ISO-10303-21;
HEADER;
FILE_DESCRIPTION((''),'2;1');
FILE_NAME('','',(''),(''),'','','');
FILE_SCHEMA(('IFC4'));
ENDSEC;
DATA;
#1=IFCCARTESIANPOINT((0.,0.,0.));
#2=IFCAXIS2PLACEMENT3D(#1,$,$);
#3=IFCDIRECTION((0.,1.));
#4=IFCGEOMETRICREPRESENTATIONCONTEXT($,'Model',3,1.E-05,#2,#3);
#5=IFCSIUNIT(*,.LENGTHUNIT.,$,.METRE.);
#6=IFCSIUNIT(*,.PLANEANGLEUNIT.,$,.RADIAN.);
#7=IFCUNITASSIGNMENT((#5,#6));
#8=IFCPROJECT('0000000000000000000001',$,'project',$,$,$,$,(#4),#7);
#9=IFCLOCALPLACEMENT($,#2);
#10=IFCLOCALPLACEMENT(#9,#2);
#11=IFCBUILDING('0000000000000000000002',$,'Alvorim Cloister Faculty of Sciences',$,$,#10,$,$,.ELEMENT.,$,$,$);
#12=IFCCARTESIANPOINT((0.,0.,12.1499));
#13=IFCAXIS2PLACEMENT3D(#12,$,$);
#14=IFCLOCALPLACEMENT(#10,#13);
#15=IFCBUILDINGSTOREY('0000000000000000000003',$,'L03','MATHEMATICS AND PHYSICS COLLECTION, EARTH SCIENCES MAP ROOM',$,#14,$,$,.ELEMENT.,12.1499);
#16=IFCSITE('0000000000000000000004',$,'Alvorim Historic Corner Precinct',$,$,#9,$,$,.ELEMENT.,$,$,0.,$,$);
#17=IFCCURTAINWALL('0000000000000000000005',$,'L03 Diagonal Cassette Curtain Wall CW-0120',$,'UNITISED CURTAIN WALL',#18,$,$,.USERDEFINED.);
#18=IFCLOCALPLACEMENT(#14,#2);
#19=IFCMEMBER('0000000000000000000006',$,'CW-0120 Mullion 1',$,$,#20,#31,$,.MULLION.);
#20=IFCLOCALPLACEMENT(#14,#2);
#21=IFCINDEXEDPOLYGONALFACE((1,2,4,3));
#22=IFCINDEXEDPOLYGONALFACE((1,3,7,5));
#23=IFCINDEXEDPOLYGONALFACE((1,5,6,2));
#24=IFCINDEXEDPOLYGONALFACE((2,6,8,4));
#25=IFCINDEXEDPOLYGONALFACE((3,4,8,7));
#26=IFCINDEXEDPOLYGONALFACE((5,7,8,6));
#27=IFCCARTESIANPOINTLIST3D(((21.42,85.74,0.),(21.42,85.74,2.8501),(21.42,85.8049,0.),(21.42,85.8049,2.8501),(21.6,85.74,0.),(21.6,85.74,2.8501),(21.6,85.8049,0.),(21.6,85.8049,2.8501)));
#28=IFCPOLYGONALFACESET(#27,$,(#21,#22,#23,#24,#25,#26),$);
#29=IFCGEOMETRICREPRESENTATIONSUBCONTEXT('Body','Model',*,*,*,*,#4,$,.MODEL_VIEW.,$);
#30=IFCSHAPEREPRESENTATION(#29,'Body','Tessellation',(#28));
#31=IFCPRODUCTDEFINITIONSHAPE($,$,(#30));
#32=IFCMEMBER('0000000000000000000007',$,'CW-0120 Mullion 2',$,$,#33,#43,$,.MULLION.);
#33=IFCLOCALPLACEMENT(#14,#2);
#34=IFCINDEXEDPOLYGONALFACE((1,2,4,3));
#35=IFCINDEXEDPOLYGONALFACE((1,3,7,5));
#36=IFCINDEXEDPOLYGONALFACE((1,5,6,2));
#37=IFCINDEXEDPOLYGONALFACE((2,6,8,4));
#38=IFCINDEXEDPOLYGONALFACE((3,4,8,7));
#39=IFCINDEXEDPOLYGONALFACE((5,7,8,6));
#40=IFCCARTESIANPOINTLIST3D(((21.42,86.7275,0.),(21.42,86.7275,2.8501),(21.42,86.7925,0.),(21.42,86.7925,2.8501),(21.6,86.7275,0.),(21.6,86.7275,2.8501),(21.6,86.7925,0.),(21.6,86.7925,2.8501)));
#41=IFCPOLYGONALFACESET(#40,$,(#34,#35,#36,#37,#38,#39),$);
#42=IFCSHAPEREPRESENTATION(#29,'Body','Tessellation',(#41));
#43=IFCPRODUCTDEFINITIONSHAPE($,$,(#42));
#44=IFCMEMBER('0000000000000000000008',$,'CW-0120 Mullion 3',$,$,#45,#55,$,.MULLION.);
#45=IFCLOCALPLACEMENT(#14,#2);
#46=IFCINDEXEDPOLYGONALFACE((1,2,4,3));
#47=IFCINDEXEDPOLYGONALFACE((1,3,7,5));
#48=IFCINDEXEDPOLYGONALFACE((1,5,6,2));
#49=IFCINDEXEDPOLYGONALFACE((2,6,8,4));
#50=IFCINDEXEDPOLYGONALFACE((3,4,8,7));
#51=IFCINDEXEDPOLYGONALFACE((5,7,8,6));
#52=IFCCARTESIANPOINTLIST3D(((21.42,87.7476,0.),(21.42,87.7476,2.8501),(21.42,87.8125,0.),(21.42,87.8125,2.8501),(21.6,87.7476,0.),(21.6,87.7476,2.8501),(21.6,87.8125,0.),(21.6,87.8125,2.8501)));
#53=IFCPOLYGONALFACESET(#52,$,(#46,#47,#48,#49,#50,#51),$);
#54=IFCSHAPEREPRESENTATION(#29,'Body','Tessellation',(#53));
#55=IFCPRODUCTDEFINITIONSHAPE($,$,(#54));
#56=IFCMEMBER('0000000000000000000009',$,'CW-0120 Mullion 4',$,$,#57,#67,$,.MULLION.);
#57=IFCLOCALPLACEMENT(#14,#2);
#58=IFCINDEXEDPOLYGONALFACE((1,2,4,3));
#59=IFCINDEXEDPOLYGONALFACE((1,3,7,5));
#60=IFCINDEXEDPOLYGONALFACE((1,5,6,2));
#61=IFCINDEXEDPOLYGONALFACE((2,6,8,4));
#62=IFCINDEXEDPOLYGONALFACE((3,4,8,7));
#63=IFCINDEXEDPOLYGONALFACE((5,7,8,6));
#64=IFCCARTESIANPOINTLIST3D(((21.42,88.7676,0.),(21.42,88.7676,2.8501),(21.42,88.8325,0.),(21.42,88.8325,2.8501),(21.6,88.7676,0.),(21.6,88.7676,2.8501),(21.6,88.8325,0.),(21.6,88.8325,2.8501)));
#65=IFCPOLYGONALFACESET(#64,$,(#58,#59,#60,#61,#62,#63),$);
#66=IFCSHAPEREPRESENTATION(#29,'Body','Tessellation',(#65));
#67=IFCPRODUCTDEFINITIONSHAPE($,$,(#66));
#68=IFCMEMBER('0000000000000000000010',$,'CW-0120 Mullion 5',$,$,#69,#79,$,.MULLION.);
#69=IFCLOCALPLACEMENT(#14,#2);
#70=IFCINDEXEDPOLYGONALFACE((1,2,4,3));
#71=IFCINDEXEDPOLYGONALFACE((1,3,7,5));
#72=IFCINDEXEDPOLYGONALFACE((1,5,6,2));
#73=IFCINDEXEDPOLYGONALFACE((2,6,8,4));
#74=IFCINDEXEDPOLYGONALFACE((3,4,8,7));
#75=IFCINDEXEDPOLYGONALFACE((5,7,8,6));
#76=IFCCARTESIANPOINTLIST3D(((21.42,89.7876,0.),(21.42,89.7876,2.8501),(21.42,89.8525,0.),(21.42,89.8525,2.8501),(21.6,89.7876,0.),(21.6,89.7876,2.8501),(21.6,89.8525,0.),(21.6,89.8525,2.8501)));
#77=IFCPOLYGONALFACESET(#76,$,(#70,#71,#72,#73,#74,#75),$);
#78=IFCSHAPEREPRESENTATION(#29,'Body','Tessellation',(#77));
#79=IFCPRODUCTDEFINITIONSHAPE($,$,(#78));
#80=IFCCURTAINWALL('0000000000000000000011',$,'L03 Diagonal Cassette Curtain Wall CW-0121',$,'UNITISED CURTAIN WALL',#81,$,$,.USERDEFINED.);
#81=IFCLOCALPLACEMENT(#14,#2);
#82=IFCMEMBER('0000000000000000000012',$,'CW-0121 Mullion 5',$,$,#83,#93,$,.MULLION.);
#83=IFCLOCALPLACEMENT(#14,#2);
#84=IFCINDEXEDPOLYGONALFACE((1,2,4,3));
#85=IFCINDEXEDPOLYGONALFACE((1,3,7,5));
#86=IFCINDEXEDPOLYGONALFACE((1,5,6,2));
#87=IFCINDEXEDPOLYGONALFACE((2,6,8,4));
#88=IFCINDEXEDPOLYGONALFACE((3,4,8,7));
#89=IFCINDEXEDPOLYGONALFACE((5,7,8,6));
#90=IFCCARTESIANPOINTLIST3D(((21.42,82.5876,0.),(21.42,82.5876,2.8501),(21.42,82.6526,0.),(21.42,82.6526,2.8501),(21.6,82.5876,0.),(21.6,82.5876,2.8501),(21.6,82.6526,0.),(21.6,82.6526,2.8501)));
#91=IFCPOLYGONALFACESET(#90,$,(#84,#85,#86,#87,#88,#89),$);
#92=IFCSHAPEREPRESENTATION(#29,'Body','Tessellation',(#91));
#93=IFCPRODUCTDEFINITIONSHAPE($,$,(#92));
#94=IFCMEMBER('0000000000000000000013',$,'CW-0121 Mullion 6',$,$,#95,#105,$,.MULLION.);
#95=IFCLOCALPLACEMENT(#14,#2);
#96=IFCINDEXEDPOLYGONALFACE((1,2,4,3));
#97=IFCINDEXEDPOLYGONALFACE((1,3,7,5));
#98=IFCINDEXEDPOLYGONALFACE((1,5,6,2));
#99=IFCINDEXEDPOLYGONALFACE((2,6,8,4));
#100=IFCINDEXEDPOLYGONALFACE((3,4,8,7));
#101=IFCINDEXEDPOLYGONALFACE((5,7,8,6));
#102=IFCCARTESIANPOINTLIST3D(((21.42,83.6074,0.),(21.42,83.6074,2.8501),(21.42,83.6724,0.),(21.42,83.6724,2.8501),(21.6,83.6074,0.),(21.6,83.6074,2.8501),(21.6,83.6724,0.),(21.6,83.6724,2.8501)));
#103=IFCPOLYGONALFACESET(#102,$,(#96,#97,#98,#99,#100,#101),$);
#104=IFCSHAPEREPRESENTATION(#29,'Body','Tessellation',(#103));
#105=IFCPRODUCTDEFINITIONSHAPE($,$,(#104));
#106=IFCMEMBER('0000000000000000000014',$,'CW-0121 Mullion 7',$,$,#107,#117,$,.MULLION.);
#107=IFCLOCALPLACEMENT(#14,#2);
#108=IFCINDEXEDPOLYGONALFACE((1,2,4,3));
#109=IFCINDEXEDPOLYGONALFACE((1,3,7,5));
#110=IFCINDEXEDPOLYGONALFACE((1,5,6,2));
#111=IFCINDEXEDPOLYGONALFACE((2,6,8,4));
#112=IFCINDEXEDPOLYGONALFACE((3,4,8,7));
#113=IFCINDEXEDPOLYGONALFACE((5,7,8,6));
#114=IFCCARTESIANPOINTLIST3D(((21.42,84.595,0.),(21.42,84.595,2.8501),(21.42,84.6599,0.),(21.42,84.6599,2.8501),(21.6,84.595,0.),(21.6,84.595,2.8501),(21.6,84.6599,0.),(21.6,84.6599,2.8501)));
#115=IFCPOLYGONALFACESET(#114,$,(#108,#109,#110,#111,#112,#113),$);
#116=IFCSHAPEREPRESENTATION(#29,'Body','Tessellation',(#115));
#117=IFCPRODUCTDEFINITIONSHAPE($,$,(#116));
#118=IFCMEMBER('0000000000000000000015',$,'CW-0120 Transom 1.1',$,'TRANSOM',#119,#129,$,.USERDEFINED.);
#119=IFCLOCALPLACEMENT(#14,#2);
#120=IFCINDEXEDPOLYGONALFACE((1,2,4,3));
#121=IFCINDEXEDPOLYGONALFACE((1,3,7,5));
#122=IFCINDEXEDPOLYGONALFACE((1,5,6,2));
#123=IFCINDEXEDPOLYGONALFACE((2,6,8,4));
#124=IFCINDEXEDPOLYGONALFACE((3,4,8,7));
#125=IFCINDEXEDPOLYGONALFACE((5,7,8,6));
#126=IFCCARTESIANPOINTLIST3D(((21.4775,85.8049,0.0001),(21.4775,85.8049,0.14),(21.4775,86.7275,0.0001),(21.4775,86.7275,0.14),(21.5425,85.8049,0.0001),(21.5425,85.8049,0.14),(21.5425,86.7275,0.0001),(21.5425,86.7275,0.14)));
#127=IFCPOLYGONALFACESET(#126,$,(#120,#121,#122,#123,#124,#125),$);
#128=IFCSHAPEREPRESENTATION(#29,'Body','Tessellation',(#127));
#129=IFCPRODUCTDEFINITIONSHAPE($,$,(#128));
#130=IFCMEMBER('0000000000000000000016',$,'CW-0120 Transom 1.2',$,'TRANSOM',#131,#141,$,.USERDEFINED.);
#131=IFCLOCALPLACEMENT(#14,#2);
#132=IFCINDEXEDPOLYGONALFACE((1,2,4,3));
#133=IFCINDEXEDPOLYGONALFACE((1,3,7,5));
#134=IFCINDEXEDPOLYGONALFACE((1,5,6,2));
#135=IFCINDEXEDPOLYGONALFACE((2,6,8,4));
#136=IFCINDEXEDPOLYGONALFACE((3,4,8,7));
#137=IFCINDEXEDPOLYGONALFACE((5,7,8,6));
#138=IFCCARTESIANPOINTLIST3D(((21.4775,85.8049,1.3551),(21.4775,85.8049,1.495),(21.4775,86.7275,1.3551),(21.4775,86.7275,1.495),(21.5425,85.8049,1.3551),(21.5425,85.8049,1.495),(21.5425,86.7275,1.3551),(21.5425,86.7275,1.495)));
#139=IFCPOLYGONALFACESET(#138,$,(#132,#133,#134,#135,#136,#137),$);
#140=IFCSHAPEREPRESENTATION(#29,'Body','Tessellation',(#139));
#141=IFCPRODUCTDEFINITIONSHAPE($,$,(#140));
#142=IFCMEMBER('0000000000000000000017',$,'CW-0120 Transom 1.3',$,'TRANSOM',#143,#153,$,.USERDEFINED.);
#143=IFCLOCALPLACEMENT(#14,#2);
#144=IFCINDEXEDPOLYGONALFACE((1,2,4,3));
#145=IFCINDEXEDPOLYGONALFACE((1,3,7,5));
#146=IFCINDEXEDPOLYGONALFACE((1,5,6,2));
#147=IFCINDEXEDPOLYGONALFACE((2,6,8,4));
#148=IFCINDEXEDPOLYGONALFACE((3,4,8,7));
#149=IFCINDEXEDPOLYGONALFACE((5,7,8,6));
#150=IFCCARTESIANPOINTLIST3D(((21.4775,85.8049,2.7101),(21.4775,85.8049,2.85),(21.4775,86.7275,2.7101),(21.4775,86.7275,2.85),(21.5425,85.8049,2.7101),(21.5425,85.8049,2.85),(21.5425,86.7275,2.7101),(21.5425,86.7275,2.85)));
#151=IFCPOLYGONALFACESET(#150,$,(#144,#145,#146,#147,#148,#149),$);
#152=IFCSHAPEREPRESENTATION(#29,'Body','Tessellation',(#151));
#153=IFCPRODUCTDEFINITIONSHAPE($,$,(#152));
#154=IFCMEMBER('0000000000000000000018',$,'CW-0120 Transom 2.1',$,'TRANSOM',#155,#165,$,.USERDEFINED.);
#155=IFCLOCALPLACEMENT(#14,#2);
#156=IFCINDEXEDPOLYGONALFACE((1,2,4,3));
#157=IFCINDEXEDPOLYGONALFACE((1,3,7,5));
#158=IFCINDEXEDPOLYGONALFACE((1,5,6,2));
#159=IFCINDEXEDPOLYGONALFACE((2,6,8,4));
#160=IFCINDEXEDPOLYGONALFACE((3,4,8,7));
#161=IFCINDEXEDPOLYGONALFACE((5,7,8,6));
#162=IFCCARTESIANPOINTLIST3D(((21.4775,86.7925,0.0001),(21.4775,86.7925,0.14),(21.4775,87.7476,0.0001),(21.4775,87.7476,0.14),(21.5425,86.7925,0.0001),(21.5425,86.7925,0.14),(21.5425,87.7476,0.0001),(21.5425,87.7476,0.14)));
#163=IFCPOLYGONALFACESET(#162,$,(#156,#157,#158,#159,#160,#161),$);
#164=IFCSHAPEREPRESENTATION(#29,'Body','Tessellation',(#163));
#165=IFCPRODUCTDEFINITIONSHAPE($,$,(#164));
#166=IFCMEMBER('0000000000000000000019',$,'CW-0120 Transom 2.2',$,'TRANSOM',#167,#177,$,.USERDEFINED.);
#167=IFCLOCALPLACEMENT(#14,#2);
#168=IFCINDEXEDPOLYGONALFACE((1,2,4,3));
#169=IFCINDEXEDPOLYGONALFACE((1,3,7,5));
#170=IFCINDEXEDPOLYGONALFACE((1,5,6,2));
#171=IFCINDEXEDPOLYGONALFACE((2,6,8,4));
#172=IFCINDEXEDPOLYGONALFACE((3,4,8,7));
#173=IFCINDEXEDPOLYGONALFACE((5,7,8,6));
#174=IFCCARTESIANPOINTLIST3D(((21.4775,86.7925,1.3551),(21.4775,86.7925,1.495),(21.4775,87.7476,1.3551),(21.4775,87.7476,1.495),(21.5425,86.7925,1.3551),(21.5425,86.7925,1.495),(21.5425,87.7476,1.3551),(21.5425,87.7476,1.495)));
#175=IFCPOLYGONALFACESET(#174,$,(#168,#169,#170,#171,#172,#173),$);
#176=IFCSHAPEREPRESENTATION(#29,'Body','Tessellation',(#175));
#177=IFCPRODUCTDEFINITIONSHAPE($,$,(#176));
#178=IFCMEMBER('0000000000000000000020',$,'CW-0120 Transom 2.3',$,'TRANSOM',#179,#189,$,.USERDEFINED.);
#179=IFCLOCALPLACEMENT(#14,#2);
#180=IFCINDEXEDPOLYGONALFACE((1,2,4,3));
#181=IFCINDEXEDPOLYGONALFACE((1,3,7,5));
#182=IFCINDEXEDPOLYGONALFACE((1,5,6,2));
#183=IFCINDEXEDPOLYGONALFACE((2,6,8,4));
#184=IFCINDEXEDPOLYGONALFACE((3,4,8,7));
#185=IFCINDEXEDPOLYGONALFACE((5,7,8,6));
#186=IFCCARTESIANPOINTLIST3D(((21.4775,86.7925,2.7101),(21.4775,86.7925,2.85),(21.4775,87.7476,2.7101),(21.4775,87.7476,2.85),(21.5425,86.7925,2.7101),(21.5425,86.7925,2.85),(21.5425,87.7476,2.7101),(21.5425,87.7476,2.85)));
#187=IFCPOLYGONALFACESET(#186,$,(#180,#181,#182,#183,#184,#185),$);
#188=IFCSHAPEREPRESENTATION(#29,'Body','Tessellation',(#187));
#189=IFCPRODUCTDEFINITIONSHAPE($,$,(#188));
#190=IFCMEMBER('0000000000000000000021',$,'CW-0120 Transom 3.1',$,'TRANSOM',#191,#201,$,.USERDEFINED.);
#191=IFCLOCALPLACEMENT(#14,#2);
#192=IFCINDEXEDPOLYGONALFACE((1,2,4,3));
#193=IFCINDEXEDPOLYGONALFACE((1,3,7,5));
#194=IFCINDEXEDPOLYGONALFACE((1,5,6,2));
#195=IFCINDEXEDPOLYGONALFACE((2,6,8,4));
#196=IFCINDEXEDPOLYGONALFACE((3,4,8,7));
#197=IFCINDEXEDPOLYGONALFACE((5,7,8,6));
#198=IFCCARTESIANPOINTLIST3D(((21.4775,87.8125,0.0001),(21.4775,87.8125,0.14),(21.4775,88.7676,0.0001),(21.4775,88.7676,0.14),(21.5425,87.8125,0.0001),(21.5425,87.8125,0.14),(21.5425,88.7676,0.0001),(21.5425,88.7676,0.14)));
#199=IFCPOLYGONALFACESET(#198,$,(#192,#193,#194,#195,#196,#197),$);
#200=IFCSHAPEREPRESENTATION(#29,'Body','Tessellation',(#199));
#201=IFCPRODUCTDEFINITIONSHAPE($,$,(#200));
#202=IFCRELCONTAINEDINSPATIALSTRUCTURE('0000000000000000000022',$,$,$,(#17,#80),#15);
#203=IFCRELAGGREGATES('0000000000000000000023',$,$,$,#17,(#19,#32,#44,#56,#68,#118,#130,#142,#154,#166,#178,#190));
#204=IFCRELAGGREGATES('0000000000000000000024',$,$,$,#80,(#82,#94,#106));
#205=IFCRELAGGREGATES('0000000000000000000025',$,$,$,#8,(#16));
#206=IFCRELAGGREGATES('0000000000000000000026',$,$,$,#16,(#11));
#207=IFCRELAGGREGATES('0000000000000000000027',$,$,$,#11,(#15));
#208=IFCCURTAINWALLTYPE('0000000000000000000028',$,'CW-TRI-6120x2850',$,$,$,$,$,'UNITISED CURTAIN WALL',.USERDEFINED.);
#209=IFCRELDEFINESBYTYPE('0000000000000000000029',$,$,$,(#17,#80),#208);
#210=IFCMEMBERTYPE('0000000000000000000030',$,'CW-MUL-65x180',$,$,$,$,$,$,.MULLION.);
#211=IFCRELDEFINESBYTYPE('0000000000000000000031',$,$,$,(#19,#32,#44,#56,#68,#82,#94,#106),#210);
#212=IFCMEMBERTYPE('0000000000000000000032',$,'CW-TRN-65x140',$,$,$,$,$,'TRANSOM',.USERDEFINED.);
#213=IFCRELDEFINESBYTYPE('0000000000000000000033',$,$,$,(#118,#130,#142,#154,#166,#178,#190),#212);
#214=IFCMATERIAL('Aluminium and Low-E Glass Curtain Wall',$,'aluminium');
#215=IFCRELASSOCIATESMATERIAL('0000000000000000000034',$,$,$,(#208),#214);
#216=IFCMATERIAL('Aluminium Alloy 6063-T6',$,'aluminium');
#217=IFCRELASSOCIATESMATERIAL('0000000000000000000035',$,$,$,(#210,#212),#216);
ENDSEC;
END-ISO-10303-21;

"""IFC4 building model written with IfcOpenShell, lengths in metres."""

from ifc_helpers import new_model, si_unit, direction, frame, origin, origin_2d, place, context, subcontext, project, spatial, rectangle, extrude, material, material_profile, profile_set, type_object, element, aggregate, save


model = new_model("IFC4")

# Units and contexts
model_context = context("Model", 3, precision=1e-05, world=origin(), true_north=direction((0.0, 1.0)))
body_context = subcontext(model_context, "Body", "Model", "MODEL_VIEW")
ifc_project = project(units=[si_unit("LENGTHUNIT", "METRE"), si_unit("PLANEANGLEUNIT", "RADIAN")], contexts=[model_context])

# Site, building, storey
site_placement = place(None, origin())
site = spatial("IfcSite", under=ifc_project, at=site_placement, Name="Alvorim Historic Corner Precinct", CompositionType="ELEMENT", RefElevation=0.0)
building_placement = place(site_placement, origin())
building = spatial("IfcBuilding", under=site, at=building_placement, Name="Alvorim Cloister Faculty of Sciences", CompositionType="ELEMENT")
storey_placement = place(building_placement, frame((0.0, 0.0, 12.1499)))
storey = spatial("IfcBuildingStorey", under=building, at=storey_placement, Name="L03", Description="MATHEMATICS AND PHYSICS COLLECTION, EARTH SCIENCES MAP ROOM", CompositionType="ELEMENT", Elevation=12.1499)

# Curtain walls, members
ifc_material_1 = material(Name="Aluminium and Low-E Glass Curtain Wall", Category="aluminium")
curtain_wall_type = type_object("IfcCurtainWallType", Name="CW-TRI-6120x2850", ElementType="UNITISED CURTAIN WALL", PredefinedType="USERDEFINED", material=ifc_material_1)
curtain_wall_1_placement = place(storey_placement, origin())
curtain_wall_1 = element("IfcCurtainWall", 1, at=curtain_wall_1_placement, inside=storey, type_object=curtain_wall_type, Name="L03 Diagonal Cassette Curtain Wall CW-0120", ObjectType="UNITISED CURTAIN WALL", PredefinedType="USERDEFINED")
ifc_material_2 = material(Name="Aluminium Alloy 6063-T6", Category="aluminium")
ifc_material_profile_1 = material_profile(ifc_material_2, rectangle(XDim=0.0649, YDim=0.1799, at=origin_2d()), Name="ALU-MUL-65x180")
ifc_profile_set_1 = profile_set([ifc_material_profile_1], Name="Aluminium Alloy 6063-T6")
member_type_1 = type_object("IfcMemberType", Name="CW-MUL-65x180", PredefinedType="MULLION", material=ifc_profile_set_1)
member_1_placement = place(storey_placement, frame((21.51, 85.7725, 0.0), z_axis=(0.0, 0.0, 1.0), x_axis=(0.0, 1.0, 0.0)))
member_1 = element("IfcMember", 2, at=member_1_placement, type_object=member_type_1, Name="CW-0120 Mullion 1", PredefinedType="MULLION", context=body_context, shape_type="SweptSolid", body=[
    extrude(rectangle(XDim=0.0649, YDim=0.1799, at=origin_2d()), origin(), (0.0, 0.0, 1.0), 2.8501),
])
member_2_placement = place(storey_placement, frame((21.51, 86.76, 0.0), z_axis=(0.0, 0.0, 1.0), x_axis=(0.0, 1.0, 0.0)))
member_2 = element("IfcMember", 3, at=member_2_placement, type_object=member_type_1, Name="CW-0120 Mullion 2", PredefinedType="MULLION", context=body_context, shape_type="SweptSolid", body=[
    extrude(rectangle(XDim=0.0649, YDim=0.1799, at=origin_2d()), origin(), (0.0, 0.0, 1.0), 2.8501),
])
member_3_placement = place(storey_placement, frame((21.51, 87.78, 0.0), z_axis=(0.0, 0.0, 1.0), x_axis=(0.0, 1.0, 0.0)))
member_3 = element("IfcMember", 4, at=member_3_placement, type_object=member_type_1, Name="CW-0120 Mullion 3", PredefinedType="MULLION", context=body_context, shape_type="SweptSolid", body=[
    extrude(rectangle(XDim=0.0649, YDim=0.1799, at=origin_2d()), origin(), (0.0, 0.0, 1.0), 2.8501),
])
member_4_placement = place(storey_placement, frame((21.51, 88.8, 0.0), z_axis=(0.0, 0.0, 1.0), x_axis=(0.0, 1.0, 0.0)))
member_4 = element("IfcMember", 5, at=member_4_placement, type_object=member_type_1, Name="CW-0120 Mullion 4", PredefinedType="MULLION", context=body_context, shape_type="SweptSolid", body=[
    extrude(rectangle(XDim=0.0649, YDim=0.1799, at=origin_2d()), origin(), (0.0, 0.0, 1.0), 2.8501),
])
member_5_placement = place(storey_placement, frame((21.51, 89.8201, 0.0), z_axis=(0.0, 0.0, 1.0), x_axis=(0.0, 1.0, 0.0)))
member_5 = element("IfcMember", 6, at=member_5_placement, type_object=member_type_1, Name="CW-0120 Mullion 5", PredefinedType="MULLION", context=body_context, shape_type="SweptSolid", body=[
    extrude(rectangle(XDim=0.0649, YDim=0.1799, at=origin_2d()), origin(), (0.0, 0.0, 1.0), 2.8501),
])
curtain_wall_2_placement = place(storey_placement, origin())
curtain_wall_2 = element("IfcCurtainWall", 7, at=curtain_wall_2_placement, inside=storey, type_object=curtain_wall_type, Name="L03 Diagonal Cassette Curtain Wall CW-0121", ObjectType="UNITISED CURTAIN WALL", PredefinedType="USERDEFINED")
member_6_placement = place(storey_placement, frame((21.51, 82.6201, 0.0), z_axis=(0.0, 0.0, 1.0), x_axis=(0.0, 1.0, 0.0)))
member_6 = element("IfcMember", 8, at=member_6_placement, type_object=member_type_1, Name="CW-0121 Mullion 5", PredefinedType="MULLION", context=body_context, shape_type="SweptSolid", body=[
    extrude(rectangle(XDim=0.0649, YDim=0.1799, at=origin_2d()), origin(), (0.0, 0.0, 1.0), 2.8501),
])
member_7_placement = place(storey_placement, frame((21.51, 83.6399, 0.0), z_axis=(0.0, 0.0, 1.0), x_axis=(0.0, 1.0, 0.0)))
member_7 = element("IfcMember", 9, at=member_7_placement, type_object=member_type_1, Name="CW-0121 Mullion 6", PredefinedType="MULLION", context=body_context, shape_type="SweptSolid", body=[
    extrude(rectangle(XDim=0.0649, YDim=0.1799, at=origin_2d()), origin(), (0.0, 0.0, 1.0), 2.8501),
])
member_8_placement = place(storey_placement, frame((21.51, 84.6274, 0.0), z_axis=(0.0, 0.0, 1.0), x_axis=(0.0, 1.0, 0.0)))
member_8 = element("IfcMember", 10, at=member_8_placement, type_object=member_type_1, Name="CW-0121 Mullion 7", PredefinedType="MULLION", context=body_context, shape_type="SweptSolid", body=[
    extrude(rectangle(XDim=0.0649, YDim=0.1799, at=origin_2d()), origin(), (0.0, 0.0, 1.0), 2.8501),
])

# Members
ifc_material_profile_2 = material_profile(ifc_material_2, rectangle(XDim=0.0649, YDim=0.1399, at=origin_2d()), Name="ALU-TRN-65x140")
ifc_profile_set_2 = profile_set([ifc_material_profile_2], Name="Aluminium Alloy 6063-T6")
member_type_2 = type_object("IfcMemberType", Name="CW-TRN-65x140", ElementType="TRANSOM", PredefinedType="USERDEFINED", material=ifc_profile_set_2)
member_9_placement = place(storey_placement, frame((21.51, 85.8049, 0.0701), z_axis=(0.0, 1.0, 0.0), x_axis=(-1.0, 0.0, 0.0)))
member_9 = element("IfcMember", 11, at=member_9_placement, type_object=member_type_2, Name="CW-0120 Transom 1.1", ObjectType="TRANSOM", PredefinedType="USERDEFINED", context=body_context, shape_type="SweptSolid", body=[
    extrude(rectangle(XDim=0.0649, YDim=0.1399, at=origin_2d()), origin(), (0.0, 0.0, 1.0), 0.9226),
])
member_10_placement = place(storey_placement, frame((21.51, 85.8049, 1.425), z_axis=(0.0, 1.0, 0.0), x_axis=(-1.0, 0.0, 0.0)))
member_10 = element("IfcMember", 12, at=member_10_placement, type_object=member_type_2, Name="CW-0120 Transom 1.2", ObjectType="TRANSOM", PredefinedType="USERDEFINED", context=body_context, shape_type="SweptSolid", body=[
    extrude(rectangle(XDim=0.0649, YDim=0.1399, at=origin_2d()), origin(), (0.0, 0.0, 1.0), 0.9226),
])
member_11_placement = place(storey_placement, frame((21.51, 85.8049, 2.78), z_axis=(0.0, 1.0, 0.0), x_axis=(-1.0, 0.0, 0.0)))
member_11 = element("IfcMember", 13, at=member_11_placement, type_object=member_type_2, Name="CW-0120 Transom 1.3", ObjectType="TRANSOM", PredefinedType="USERDEFINED", context=body_context, shape_type="SweptSolid", body=[
    extrude(rectangle(XDim=0.0649, YDim=0.1399, at=origin_2d()), origin(), (0.0, 0.0, 1.0), 0.9226),
])
member_12_placement = place(storey_placement, frame((21.51, 86.7925, 0.0701), z_axis=(0.0, 1.0, 0.0), x_axis=(-1.0, 0.0, 0.0)))
member_12 = element("IfcMember", 14, at=member_12_placement, type_object=member_type_2, Name="CW-0120 Transom 2.1", ObjectType="TRANSOM", PredefinedType="USERDEFINED", context=body_context, shape_type="SweptSolid", body=[
    extrude(rectangle(XDim=0.0649, YDim=0.1399, at=origin_2d()), origin(), (0.0, 0.0, 1.0), 0.9551),
])
member_13_placement = place(storey_placement, frame((21.51, 86.7925, 1.425), z_axis=(0.0, 1.0, 0.0), x_axis=(-1.0, 0.0, 0.0)))
member_13 = element("IfcMember", 15, at=member_13_placement, type_object=member_type_2, Name="CW-0120 Transom 2.2", ObjectType="TRANSOM", PredefinedType="USERDEFINED", context=body_context, shape_type="SweptSolid", body=[
    extrude(rectangle(XDim=0.0649, YDim=0.1399, at=origin_2d()), origin(), (0.0, 0.0, 1.0), 0.9551),
])
member_14_placement = place(storey_placement, frame((21.51, 86.7925, 2.78), z_axis=(0.0, 1.0, 0.0), x_axis=(-1.0, 0.0, 0.0)))
member_14 = element("IfcMember", 16, at=member_14_placement, type_object=member_type_2, Name="CW-0120 Transom 2.3", ObjectType="TRANSOM", PredefinedType="USERDEFINED", context=body_context, shape_type="SweptSolid", body=[
    extrude(rectangle(XDim=0.0649, YDim=0.1399, at=origin_2d()), origin(), (0.0, 0.0, 1.0), 0.9551),
])
member_15_placement = place(storey_placement, frame((21.51, 87.8125, 0.0701), z_axis=(0.0, 1.0, 0.0), x_axis=(-1.0, 0.0, 0.0)))
member_15 = element("IfcMember", 17, at=member_15_placement, type_object=member_type_2, Name="CW-0120 Transom 3.1", ObjectType="TRANSOM", PredefinedType="USERDEFINED", context=body_context, shape_type="SweptSolid", body=[
    extrude(rectangle(XDim=0.0649, YDim=0.1399, at=origin_2d()), origin(), (0.0, 0.0, 1.0), 0.9551),
])
aggregate(curtain_wall_1, [member_1, member_2, member_3, member_4, member_5, member_9, member_10, member_11, member_12, member_13, member_14, member_15])
aggregate(curtain_wall_2, [member_6, member_7, member_8])

save(model, "model.ifc")
